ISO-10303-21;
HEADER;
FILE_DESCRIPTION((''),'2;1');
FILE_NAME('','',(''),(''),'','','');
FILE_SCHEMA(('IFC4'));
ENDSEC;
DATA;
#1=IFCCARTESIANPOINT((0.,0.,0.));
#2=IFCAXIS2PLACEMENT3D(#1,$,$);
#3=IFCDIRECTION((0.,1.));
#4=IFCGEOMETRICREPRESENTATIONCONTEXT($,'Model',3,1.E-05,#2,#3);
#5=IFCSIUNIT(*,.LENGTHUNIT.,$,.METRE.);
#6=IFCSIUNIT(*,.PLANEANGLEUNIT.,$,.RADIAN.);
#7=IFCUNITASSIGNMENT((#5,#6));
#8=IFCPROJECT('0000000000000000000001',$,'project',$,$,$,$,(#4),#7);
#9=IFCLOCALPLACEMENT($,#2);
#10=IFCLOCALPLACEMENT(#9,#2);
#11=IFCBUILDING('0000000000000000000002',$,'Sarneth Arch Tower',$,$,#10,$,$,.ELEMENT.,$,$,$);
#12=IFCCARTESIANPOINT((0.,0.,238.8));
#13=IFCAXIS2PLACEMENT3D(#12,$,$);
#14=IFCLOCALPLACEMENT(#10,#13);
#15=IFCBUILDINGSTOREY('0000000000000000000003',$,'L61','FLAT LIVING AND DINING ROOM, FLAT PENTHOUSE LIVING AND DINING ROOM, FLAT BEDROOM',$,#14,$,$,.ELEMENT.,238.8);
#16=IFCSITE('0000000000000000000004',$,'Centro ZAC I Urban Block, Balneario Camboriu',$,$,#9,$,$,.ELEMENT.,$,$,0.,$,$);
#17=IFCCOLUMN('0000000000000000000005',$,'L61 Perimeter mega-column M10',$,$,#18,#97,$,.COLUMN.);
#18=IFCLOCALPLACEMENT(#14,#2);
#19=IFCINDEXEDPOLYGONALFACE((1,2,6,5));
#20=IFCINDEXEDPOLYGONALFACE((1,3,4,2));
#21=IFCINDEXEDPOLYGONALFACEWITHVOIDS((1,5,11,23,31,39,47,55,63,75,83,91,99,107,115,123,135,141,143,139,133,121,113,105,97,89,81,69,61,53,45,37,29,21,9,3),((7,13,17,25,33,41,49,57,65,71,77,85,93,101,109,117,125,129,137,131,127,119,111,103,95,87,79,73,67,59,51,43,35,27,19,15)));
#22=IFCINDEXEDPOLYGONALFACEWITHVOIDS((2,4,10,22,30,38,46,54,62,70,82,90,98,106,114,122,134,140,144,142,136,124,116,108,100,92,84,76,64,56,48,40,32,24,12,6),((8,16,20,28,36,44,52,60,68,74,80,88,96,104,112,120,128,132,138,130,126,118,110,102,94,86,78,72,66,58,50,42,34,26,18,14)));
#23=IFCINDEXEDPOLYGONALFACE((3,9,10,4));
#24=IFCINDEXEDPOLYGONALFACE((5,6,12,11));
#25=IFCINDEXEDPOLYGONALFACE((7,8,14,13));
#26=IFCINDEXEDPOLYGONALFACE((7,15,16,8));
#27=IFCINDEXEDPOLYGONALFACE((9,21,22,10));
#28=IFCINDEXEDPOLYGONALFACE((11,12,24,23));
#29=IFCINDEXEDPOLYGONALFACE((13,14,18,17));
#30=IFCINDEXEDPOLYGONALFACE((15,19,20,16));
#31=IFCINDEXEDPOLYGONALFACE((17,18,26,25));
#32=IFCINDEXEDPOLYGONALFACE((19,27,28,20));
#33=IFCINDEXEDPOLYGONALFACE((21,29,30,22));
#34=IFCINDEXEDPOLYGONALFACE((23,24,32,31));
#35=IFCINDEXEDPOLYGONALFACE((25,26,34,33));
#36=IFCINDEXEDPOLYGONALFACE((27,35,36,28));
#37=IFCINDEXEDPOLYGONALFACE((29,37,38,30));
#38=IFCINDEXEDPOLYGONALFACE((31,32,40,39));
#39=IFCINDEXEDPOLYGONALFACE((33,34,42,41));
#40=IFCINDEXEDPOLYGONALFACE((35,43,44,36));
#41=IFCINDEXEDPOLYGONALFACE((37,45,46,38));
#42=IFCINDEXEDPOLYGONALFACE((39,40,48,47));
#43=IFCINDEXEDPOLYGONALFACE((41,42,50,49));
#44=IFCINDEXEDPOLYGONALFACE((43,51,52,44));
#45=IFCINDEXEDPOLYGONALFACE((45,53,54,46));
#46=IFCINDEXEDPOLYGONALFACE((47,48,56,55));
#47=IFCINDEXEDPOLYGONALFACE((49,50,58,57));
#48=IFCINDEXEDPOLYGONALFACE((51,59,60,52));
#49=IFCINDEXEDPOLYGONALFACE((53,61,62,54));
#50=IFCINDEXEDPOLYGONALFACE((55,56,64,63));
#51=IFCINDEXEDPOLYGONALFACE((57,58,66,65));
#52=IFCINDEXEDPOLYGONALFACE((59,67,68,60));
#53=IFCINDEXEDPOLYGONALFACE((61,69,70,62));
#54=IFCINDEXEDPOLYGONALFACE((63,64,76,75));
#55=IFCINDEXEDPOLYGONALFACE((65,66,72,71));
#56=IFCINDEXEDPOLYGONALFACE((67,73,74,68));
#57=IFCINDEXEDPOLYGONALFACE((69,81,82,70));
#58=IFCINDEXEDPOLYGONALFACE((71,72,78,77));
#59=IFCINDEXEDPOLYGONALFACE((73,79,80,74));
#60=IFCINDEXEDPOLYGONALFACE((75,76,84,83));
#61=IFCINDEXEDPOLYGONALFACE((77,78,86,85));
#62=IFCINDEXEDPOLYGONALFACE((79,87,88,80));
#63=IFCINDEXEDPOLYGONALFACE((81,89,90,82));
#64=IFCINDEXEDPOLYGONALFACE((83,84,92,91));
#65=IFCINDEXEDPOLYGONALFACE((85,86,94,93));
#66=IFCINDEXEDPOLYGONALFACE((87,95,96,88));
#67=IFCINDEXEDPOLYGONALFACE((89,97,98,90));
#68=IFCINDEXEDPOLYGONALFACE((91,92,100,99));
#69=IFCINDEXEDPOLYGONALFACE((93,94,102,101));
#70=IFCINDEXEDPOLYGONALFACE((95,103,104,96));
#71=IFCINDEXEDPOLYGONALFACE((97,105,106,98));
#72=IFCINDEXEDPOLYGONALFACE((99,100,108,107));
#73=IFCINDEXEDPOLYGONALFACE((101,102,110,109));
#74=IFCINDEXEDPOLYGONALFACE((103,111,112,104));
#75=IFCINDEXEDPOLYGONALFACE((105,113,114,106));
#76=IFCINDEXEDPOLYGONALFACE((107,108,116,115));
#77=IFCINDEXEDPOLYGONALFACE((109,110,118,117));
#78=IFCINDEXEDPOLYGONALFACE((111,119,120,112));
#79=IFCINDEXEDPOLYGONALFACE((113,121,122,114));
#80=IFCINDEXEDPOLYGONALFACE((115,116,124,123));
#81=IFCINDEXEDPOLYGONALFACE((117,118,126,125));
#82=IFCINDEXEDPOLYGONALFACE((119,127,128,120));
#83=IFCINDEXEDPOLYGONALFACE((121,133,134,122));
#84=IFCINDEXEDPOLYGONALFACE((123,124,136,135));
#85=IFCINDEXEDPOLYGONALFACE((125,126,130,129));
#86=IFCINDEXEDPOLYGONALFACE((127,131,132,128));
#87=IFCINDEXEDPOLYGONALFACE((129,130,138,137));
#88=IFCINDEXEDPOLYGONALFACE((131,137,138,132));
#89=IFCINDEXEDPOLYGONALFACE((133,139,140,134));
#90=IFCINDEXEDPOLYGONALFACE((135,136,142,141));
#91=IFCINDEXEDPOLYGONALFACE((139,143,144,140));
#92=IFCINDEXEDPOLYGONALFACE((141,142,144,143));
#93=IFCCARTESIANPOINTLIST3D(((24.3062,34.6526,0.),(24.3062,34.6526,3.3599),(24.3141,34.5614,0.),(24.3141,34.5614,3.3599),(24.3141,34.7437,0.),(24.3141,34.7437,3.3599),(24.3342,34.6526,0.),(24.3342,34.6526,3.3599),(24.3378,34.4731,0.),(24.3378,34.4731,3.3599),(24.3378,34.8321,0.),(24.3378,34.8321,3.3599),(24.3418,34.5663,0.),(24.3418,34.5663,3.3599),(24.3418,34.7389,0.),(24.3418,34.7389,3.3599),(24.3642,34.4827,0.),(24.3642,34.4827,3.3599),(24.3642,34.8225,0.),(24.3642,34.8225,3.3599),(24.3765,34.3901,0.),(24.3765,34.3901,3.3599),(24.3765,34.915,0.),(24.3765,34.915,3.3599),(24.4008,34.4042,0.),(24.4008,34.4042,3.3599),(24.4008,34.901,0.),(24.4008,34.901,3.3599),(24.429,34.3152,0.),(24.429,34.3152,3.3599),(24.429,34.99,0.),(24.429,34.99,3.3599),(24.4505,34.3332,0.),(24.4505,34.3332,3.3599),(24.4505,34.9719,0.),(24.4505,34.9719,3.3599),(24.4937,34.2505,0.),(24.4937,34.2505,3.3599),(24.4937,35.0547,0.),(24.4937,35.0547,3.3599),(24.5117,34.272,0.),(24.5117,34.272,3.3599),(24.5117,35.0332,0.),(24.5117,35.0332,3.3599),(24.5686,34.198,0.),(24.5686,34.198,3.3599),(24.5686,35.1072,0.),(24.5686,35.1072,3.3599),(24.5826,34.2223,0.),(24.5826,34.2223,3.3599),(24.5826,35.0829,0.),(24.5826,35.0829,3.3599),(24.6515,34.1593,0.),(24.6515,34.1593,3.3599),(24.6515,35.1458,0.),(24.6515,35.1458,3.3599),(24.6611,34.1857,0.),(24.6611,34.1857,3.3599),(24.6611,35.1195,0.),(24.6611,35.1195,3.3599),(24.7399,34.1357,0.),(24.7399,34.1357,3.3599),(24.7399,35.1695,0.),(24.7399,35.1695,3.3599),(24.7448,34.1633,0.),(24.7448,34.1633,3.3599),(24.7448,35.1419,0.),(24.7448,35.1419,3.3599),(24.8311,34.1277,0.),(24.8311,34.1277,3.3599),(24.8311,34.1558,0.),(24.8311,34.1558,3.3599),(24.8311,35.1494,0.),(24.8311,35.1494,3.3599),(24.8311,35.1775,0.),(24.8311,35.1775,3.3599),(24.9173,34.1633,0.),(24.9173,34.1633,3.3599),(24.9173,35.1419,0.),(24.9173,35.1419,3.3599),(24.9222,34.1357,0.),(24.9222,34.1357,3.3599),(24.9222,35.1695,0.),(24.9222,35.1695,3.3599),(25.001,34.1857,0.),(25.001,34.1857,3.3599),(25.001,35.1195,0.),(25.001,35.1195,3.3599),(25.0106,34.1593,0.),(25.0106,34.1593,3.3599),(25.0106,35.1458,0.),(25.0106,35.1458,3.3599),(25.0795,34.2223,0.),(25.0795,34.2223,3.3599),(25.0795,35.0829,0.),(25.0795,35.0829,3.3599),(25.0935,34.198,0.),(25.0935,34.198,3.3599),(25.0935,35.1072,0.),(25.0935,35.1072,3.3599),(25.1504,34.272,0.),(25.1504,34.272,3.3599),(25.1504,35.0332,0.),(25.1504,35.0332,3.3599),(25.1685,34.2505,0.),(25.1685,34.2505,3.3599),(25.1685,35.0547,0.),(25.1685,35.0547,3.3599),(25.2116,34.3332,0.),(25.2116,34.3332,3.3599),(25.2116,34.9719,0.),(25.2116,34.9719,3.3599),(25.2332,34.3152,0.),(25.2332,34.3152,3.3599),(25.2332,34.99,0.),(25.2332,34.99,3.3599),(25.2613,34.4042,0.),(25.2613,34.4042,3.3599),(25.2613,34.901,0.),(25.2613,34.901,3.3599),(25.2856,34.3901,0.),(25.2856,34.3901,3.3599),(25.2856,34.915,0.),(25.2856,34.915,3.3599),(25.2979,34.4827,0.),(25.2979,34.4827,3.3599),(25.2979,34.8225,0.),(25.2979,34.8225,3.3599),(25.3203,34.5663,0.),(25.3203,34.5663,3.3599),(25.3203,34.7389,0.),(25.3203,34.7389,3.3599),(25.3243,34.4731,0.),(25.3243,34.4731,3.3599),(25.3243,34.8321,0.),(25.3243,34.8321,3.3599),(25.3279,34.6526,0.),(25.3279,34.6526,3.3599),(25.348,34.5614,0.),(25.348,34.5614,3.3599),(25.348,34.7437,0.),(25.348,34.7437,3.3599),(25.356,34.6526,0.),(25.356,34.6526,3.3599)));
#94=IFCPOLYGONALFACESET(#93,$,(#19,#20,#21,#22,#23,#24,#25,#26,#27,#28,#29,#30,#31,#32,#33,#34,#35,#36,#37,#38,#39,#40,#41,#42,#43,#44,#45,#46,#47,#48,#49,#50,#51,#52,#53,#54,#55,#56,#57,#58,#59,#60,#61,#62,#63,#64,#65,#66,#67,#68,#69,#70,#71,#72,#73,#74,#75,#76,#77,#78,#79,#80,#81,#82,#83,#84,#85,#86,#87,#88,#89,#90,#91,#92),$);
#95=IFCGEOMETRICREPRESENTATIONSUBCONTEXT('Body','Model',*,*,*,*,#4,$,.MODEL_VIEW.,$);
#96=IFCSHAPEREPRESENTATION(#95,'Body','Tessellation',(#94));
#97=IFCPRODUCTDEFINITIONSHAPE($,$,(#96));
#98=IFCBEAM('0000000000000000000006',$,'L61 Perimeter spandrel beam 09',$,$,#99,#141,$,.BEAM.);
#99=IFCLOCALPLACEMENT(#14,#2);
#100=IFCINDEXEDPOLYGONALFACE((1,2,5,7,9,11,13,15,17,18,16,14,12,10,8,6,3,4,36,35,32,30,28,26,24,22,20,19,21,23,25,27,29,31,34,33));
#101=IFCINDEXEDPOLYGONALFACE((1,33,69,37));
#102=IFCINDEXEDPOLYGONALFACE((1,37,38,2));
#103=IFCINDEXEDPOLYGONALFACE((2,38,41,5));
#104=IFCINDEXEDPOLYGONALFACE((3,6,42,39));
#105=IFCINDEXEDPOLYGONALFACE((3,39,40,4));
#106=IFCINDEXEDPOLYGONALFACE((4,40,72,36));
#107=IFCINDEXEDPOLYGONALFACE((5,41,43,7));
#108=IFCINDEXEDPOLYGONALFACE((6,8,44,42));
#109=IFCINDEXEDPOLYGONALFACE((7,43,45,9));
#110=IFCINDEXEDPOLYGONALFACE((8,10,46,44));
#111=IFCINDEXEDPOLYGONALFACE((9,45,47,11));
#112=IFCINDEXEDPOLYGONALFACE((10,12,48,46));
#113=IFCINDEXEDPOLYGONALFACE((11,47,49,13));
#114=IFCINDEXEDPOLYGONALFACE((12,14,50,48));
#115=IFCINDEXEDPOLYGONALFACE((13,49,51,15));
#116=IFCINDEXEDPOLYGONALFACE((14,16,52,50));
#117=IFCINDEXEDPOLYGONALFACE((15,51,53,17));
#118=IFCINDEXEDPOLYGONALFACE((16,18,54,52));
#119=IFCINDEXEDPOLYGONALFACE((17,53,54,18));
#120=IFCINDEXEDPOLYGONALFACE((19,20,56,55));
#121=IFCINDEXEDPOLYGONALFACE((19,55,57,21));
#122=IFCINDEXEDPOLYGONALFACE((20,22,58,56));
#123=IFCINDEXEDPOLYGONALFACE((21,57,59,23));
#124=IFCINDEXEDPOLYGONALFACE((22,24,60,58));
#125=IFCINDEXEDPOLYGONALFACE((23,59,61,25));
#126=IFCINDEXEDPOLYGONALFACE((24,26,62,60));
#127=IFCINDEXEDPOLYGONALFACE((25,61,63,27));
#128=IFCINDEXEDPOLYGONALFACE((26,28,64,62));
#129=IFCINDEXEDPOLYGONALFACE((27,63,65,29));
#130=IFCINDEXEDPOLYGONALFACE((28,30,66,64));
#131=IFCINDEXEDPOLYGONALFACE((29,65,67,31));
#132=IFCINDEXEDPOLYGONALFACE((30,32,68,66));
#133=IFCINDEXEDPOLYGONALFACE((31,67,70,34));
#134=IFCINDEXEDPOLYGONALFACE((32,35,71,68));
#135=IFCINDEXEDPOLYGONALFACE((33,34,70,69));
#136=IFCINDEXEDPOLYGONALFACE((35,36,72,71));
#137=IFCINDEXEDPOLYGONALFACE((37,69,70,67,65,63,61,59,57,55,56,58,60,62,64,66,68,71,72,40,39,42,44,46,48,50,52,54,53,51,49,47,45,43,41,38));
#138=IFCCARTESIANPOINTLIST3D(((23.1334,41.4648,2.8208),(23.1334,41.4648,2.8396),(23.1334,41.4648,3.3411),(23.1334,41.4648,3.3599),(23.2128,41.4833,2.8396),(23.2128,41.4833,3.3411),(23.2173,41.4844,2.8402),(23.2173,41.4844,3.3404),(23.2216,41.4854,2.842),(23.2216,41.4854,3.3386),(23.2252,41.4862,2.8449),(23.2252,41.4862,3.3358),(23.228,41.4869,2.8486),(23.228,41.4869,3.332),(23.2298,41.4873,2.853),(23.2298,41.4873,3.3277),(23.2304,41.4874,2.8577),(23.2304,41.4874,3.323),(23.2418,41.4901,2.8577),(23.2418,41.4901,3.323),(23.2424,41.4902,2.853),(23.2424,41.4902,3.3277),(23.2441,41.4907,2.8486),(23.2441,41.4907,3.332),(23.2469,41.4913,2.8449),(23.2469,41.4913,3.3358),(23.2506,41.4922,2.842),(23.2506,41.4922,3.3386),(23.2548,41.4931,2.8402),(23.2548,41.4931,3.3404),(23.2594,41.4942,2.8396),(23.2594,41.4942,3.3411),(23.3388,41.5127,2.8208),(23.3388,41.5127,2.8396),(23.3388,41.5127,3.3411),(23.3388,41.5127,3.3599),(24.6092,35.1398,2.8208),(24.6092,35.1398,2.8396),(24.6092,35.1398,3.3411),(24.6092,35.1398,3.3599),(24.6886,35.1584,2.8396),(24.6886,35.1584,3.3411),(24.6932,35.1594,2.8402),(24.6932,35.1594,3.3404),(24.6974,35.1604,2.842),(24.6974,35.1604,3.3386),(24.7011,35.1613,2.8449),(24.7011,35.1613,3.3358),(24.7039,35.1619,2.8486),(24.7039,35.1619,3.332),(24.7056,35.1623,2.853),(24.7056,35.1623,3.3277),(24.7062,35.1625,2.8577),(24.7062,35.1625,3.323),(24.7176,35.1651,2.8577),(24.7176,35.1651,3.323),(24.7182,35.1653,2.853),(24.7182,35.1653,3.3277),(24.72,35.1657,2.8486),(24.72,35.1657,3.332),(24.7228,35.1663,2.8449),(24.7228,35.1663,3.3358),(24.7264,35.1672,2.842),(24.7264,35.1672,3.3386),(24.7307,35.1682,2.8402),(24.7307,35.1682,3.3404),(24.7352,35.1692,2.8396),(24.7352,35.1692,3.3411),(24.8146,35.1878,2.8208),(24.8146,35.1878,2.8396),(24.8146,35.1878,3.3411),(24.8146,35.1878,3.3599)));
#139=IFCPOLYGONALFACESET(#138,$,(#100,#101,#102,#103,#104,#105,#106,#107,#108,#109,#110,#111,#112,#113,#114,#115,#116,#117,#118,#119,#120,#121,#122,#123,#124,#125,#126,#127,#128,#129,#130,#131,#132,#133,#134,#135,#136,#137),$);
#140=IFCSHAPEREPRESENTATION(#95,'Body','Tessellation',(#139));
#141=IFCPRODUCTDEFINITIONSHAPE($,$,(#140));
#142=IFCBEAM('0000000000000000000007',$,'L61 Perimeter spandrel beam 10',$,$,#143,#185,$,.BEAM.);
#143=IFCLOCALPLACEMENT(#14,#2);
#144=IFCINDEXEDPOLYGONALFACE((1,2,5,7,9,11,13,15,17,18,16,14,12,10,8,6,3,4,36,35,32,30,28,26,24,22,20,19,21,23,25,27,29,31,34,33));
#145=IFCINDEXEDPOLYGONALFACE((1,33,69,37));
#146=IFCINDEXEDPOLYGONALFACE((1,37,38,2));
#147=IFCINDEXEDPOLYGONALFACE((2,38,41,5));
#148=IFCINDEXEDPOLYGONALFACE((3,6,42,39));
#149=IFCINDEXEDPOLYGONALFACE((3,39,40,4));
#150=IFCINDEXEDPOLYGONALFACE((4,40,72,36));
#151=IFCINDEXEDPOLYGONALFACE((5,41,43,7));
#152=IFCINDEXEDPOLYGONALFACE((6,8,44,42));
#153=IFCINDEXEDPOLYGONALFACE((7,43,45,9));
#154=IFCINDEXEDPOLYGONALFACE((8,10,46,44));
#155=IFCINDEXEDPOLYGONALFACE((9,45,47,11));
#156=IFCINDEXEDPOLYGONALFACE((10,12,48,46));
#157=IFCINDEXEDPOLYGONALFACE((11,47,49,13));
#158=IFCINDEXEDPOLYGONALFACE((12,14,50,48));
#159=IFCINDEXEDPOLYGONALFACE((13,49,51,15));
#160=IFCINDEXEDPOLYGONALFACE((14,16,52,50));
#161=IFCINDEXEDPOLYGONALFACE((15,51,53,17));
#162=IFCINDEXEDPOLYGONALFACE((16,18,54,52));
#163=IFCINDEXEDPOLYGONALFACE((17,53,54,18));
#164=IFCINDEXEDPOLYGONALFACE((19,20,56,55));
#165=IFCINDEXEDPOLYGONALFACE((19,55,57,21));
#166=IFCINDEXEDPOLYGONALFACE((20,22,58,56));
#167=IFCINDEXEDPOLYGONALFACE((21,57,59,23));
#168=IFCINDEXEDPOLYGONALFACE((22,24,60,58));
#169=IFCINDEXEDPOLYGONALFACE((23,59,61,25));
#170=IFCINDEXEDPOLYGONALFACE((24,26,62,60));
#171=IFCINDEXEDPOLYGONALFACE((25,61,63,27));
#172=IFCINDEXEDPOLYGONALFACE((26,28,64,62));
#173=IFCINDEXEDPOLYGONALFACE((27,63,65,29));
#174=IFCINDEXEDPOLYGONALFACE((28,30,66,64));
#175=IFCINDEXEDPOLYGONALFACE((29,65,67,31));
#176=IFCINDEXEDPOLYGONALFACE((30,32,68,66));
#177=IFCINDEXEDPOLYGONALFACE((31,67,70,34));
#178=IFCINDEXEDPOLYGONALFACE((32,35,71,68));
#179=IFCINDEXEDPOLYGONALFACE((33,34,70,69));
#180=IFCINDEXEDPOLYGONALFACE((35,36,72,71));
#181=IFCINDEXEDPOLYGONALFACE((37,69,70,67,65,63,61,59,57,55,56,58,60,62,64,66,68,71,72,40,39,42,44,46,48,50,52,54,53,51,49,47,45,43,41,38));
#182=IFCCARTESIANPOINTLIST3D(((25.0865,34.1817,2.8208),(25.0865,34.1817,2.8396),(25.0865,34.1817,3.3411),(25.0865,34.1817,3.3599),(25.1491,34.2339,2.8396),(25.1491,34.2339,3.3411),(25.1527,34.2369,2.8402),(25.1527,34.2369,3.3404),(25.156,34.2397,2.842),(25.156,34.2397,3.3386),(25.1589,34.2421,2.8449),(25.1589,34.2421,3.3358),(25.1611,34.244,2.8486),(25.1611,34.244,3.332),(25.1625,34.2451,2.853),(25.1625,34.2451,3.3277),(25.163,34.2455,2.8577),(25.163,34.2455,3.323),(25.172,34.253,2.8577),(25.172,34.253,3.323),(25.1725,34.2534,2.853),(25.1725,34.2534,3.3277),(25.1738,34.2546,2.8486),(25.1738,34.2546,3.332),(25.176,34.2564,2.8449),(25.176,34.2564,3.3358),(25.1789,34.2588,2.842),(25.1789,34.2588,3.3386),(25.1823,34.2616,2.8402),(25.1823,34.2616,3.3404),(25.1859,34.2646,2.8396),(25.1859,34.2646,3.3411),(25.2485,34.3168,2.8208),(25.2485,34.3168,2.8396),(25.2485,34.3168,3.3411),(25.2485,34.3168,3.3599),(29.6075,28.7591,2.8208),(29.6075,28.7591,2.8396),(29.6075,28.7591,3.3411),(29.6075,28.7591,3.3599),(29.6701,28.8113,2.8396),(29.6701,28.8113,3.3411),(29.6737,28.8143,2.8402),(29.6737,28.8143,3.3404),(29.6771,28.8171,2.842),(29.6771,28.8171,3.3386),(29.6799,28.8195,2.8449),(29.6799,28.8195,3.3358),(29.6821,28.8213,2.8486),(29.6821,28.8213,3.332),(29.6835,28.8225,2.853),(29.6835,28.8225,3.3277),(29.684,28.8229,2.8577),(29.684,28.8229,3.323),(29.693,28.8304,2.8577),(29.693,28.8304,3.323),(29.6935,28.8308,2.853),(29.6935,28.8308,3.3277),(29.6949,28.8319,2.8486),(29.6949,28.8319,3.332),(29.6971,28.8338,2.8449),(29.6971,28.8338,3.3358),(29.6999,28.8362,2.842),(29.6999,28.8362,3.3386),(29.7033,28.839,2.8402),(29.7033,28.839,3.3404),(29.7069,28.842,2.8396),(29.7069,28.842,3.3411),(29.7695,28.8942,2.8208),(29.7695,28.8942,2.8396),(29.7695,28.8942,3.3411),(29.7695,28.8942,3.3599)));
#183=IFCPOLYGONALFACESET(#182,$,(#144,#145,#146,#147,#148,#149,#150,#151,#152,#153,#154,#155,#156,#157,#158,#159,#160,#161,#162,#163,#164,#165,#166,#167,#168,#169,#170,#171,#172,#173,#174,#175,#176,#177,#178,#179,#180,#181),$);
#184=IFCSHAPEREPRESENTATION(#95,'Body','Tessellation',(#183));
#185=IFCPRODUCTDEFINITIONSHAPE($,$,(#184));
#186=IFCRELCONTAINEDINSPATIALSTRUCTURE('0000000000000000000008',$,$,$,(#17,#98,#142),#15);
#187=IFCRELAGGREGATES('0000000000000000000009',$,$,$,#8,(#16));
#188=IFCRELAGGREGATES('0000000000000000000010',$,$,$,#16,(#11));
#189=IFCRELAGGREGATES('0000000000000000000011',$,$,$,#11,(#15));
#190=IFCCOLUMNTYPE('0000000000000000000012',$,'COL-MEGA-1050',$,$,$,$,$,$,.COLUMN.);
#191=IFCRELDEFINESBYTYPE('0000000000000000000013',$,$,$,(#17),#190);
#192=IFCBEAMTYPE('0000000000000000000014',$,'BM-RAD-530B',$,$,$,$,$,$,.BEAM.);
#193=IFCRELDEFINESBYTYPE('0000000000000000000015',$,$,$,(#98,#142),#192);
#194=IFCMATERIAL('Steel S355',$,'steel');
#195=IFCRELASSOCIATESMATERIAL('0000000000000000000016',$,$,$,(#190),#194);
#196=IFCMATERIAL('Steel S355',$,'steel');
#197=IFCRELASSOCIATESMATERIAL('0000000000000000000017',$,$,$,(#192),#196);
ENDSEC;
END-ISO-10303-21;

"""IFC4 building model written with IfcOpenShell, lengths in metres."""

from ifc_helpers import new_model, si_unit, direction, frame, origin, origin_2d, place, context, subcontext, project, spatial, hollow_circle, i_section, extrude, material, material_profile, profile_set, type_object, element, save


model = new_model("IFC4")

# Units and contexts
model_context = context("Model", 3, precision=1e-05, world=origin(), true_north=direction((0.0, 1.0)))
body_context = subcontext(model_context, "Body", "Model", "MODEL_VIEW")
ifc_project = project(units=[si_unit("LENGTHUNIT", "METRE"), si_unit("PLANEANGLEUNIT", "RADIAN")], contexts=[model_context])

# Site, building, storey
site_placement = place(None, origin())
site = spatial("IfcSite", under=ifc_project, at=site_placement, Name="Centro ZAC I Urban Block, Balneario Camboriu", CompositionType="ELEMENT", RefElevation=0.0)
building_placement = place(site_placement, origin())
building = spatial("IfcBuilding", under=site, at=building_placement, Name="Sarneth Arch Tower", CompositionType="ELEMENT")
storey_placement = place(building_placement, frame((0.0, 0.0, 238.8)))
storey = spatial("IfcBuildingStorey", under=building, at=storey_placement, Name="L61", Description="FLAT LIVING AND DINING ROOM, FLAT PENTHOUSE LIVING AND DINING ROOM, FLAT BEDROOM", CompositionType="ELEMENT", Elevation=238.8)

# Column
ifc_material_1 = material(Name="Steel S355", Category="steel")
ifc_material_profile_1 = material_profile(ifc_material_1, hollow_circle(Radius=0.5249, WallThickness=0.0281, at=origin_2d()), Name="CHS1050x28")
ifc_profile_set_1 = profile_set([ifc_material_profile_1], Name="Steel S355")
column_type = type_object("IfcColumnType", Name="COL-MEGA-1050", PredefinedType="COLUMN", material=ifc_profile_set_1)
column_placement = place(storey_placement, frame((24.8311, 34.6526, 0.0), z_axis=(0.0, 0.0, 1.0), x_axis=(1.0, 0.0, 0.0)))
element("IfcColumn", 1, at=column_placement, inside=storey, type_object=column_type, Name="L61 Perimeter mega-column M10", PredefinedType="COLUMN", context=body_context, shape_type="SweptSolid", body=[
    extrude(hollow_circle(Radius=0.5249, WallThickness=0.0281, at=origin_2d()), origin(), (0.0, 0.0, 1.0), 3.3599),
])

# Beams
ifc_material_2 = material(Name="Steel S355", Category="steel")
ifc_material_profile_2 = material_profile(ifc_material_2, i_section(OverallWidth=0.2109, OverallDepth=0.5391, WebThickness=0.0117, FlangeThickness=0.0188, FilletRadius=0.0181, at=origin_2d()), Name="W530x109")
ifc_profile_set_2 = profile_set([ifc_material_profile_2], Name="Steel S355")
beam_type = type_object("IfcBeamType", Name="BM-RAD-530B", PredefinedType="BEAM", material=ifc_profile_set_2)
beam_1_placement = place(storey_placement, frame((23.2361, 41.4888, 3.0903), z_axis=(0.227231, -0.973841, 0.0), x_axis=(0.973841, 0.227231, 0.0)))
element("IfcBeam", 2, at=beam_1_placement, inside=storey, type_object=beam_type, Name="L61 Perimeter spandrel beam 09", PredefinedType="BEAM", context=body_context, shape_type="SweptSolid", body=[
    extrude(i_section(OverallWidth=0.2109, OverallDepth=0.5391, WebThickness=0.0117, FlangeThickness=0.0188, FilletRadius=0.0181, at=origin_2d()), origin(), (0.0, 0.0, 1.0), 6.4949),
])
beam_2_placement = place(storey_placement, frame((25.1675, 34.2493, 3.0903), z_axis=(0.640365, -0.768071, 0.0), x_axis=(0.768071, 0.640365, 0.0)))
element("IfcBeam", 3, at=beam_2_placement, inside=storey, type_object=beam_type, Name="L61 Perimeter spandrel beam 10", PredefinedType="BEAM", context=body_context, shape_type="SweptSolid", body=[
    extrude(i_section(OverallWidth=0.2109, OverallDepth=0.5391, WebThickness=0.0117, FlangeThickness=0.0188, FilletRadius=0.0181, at=origin_2d()), origin(), (0.0, 0.0, 1.0), 7.0601),
])

save(model, "model.ifc")
